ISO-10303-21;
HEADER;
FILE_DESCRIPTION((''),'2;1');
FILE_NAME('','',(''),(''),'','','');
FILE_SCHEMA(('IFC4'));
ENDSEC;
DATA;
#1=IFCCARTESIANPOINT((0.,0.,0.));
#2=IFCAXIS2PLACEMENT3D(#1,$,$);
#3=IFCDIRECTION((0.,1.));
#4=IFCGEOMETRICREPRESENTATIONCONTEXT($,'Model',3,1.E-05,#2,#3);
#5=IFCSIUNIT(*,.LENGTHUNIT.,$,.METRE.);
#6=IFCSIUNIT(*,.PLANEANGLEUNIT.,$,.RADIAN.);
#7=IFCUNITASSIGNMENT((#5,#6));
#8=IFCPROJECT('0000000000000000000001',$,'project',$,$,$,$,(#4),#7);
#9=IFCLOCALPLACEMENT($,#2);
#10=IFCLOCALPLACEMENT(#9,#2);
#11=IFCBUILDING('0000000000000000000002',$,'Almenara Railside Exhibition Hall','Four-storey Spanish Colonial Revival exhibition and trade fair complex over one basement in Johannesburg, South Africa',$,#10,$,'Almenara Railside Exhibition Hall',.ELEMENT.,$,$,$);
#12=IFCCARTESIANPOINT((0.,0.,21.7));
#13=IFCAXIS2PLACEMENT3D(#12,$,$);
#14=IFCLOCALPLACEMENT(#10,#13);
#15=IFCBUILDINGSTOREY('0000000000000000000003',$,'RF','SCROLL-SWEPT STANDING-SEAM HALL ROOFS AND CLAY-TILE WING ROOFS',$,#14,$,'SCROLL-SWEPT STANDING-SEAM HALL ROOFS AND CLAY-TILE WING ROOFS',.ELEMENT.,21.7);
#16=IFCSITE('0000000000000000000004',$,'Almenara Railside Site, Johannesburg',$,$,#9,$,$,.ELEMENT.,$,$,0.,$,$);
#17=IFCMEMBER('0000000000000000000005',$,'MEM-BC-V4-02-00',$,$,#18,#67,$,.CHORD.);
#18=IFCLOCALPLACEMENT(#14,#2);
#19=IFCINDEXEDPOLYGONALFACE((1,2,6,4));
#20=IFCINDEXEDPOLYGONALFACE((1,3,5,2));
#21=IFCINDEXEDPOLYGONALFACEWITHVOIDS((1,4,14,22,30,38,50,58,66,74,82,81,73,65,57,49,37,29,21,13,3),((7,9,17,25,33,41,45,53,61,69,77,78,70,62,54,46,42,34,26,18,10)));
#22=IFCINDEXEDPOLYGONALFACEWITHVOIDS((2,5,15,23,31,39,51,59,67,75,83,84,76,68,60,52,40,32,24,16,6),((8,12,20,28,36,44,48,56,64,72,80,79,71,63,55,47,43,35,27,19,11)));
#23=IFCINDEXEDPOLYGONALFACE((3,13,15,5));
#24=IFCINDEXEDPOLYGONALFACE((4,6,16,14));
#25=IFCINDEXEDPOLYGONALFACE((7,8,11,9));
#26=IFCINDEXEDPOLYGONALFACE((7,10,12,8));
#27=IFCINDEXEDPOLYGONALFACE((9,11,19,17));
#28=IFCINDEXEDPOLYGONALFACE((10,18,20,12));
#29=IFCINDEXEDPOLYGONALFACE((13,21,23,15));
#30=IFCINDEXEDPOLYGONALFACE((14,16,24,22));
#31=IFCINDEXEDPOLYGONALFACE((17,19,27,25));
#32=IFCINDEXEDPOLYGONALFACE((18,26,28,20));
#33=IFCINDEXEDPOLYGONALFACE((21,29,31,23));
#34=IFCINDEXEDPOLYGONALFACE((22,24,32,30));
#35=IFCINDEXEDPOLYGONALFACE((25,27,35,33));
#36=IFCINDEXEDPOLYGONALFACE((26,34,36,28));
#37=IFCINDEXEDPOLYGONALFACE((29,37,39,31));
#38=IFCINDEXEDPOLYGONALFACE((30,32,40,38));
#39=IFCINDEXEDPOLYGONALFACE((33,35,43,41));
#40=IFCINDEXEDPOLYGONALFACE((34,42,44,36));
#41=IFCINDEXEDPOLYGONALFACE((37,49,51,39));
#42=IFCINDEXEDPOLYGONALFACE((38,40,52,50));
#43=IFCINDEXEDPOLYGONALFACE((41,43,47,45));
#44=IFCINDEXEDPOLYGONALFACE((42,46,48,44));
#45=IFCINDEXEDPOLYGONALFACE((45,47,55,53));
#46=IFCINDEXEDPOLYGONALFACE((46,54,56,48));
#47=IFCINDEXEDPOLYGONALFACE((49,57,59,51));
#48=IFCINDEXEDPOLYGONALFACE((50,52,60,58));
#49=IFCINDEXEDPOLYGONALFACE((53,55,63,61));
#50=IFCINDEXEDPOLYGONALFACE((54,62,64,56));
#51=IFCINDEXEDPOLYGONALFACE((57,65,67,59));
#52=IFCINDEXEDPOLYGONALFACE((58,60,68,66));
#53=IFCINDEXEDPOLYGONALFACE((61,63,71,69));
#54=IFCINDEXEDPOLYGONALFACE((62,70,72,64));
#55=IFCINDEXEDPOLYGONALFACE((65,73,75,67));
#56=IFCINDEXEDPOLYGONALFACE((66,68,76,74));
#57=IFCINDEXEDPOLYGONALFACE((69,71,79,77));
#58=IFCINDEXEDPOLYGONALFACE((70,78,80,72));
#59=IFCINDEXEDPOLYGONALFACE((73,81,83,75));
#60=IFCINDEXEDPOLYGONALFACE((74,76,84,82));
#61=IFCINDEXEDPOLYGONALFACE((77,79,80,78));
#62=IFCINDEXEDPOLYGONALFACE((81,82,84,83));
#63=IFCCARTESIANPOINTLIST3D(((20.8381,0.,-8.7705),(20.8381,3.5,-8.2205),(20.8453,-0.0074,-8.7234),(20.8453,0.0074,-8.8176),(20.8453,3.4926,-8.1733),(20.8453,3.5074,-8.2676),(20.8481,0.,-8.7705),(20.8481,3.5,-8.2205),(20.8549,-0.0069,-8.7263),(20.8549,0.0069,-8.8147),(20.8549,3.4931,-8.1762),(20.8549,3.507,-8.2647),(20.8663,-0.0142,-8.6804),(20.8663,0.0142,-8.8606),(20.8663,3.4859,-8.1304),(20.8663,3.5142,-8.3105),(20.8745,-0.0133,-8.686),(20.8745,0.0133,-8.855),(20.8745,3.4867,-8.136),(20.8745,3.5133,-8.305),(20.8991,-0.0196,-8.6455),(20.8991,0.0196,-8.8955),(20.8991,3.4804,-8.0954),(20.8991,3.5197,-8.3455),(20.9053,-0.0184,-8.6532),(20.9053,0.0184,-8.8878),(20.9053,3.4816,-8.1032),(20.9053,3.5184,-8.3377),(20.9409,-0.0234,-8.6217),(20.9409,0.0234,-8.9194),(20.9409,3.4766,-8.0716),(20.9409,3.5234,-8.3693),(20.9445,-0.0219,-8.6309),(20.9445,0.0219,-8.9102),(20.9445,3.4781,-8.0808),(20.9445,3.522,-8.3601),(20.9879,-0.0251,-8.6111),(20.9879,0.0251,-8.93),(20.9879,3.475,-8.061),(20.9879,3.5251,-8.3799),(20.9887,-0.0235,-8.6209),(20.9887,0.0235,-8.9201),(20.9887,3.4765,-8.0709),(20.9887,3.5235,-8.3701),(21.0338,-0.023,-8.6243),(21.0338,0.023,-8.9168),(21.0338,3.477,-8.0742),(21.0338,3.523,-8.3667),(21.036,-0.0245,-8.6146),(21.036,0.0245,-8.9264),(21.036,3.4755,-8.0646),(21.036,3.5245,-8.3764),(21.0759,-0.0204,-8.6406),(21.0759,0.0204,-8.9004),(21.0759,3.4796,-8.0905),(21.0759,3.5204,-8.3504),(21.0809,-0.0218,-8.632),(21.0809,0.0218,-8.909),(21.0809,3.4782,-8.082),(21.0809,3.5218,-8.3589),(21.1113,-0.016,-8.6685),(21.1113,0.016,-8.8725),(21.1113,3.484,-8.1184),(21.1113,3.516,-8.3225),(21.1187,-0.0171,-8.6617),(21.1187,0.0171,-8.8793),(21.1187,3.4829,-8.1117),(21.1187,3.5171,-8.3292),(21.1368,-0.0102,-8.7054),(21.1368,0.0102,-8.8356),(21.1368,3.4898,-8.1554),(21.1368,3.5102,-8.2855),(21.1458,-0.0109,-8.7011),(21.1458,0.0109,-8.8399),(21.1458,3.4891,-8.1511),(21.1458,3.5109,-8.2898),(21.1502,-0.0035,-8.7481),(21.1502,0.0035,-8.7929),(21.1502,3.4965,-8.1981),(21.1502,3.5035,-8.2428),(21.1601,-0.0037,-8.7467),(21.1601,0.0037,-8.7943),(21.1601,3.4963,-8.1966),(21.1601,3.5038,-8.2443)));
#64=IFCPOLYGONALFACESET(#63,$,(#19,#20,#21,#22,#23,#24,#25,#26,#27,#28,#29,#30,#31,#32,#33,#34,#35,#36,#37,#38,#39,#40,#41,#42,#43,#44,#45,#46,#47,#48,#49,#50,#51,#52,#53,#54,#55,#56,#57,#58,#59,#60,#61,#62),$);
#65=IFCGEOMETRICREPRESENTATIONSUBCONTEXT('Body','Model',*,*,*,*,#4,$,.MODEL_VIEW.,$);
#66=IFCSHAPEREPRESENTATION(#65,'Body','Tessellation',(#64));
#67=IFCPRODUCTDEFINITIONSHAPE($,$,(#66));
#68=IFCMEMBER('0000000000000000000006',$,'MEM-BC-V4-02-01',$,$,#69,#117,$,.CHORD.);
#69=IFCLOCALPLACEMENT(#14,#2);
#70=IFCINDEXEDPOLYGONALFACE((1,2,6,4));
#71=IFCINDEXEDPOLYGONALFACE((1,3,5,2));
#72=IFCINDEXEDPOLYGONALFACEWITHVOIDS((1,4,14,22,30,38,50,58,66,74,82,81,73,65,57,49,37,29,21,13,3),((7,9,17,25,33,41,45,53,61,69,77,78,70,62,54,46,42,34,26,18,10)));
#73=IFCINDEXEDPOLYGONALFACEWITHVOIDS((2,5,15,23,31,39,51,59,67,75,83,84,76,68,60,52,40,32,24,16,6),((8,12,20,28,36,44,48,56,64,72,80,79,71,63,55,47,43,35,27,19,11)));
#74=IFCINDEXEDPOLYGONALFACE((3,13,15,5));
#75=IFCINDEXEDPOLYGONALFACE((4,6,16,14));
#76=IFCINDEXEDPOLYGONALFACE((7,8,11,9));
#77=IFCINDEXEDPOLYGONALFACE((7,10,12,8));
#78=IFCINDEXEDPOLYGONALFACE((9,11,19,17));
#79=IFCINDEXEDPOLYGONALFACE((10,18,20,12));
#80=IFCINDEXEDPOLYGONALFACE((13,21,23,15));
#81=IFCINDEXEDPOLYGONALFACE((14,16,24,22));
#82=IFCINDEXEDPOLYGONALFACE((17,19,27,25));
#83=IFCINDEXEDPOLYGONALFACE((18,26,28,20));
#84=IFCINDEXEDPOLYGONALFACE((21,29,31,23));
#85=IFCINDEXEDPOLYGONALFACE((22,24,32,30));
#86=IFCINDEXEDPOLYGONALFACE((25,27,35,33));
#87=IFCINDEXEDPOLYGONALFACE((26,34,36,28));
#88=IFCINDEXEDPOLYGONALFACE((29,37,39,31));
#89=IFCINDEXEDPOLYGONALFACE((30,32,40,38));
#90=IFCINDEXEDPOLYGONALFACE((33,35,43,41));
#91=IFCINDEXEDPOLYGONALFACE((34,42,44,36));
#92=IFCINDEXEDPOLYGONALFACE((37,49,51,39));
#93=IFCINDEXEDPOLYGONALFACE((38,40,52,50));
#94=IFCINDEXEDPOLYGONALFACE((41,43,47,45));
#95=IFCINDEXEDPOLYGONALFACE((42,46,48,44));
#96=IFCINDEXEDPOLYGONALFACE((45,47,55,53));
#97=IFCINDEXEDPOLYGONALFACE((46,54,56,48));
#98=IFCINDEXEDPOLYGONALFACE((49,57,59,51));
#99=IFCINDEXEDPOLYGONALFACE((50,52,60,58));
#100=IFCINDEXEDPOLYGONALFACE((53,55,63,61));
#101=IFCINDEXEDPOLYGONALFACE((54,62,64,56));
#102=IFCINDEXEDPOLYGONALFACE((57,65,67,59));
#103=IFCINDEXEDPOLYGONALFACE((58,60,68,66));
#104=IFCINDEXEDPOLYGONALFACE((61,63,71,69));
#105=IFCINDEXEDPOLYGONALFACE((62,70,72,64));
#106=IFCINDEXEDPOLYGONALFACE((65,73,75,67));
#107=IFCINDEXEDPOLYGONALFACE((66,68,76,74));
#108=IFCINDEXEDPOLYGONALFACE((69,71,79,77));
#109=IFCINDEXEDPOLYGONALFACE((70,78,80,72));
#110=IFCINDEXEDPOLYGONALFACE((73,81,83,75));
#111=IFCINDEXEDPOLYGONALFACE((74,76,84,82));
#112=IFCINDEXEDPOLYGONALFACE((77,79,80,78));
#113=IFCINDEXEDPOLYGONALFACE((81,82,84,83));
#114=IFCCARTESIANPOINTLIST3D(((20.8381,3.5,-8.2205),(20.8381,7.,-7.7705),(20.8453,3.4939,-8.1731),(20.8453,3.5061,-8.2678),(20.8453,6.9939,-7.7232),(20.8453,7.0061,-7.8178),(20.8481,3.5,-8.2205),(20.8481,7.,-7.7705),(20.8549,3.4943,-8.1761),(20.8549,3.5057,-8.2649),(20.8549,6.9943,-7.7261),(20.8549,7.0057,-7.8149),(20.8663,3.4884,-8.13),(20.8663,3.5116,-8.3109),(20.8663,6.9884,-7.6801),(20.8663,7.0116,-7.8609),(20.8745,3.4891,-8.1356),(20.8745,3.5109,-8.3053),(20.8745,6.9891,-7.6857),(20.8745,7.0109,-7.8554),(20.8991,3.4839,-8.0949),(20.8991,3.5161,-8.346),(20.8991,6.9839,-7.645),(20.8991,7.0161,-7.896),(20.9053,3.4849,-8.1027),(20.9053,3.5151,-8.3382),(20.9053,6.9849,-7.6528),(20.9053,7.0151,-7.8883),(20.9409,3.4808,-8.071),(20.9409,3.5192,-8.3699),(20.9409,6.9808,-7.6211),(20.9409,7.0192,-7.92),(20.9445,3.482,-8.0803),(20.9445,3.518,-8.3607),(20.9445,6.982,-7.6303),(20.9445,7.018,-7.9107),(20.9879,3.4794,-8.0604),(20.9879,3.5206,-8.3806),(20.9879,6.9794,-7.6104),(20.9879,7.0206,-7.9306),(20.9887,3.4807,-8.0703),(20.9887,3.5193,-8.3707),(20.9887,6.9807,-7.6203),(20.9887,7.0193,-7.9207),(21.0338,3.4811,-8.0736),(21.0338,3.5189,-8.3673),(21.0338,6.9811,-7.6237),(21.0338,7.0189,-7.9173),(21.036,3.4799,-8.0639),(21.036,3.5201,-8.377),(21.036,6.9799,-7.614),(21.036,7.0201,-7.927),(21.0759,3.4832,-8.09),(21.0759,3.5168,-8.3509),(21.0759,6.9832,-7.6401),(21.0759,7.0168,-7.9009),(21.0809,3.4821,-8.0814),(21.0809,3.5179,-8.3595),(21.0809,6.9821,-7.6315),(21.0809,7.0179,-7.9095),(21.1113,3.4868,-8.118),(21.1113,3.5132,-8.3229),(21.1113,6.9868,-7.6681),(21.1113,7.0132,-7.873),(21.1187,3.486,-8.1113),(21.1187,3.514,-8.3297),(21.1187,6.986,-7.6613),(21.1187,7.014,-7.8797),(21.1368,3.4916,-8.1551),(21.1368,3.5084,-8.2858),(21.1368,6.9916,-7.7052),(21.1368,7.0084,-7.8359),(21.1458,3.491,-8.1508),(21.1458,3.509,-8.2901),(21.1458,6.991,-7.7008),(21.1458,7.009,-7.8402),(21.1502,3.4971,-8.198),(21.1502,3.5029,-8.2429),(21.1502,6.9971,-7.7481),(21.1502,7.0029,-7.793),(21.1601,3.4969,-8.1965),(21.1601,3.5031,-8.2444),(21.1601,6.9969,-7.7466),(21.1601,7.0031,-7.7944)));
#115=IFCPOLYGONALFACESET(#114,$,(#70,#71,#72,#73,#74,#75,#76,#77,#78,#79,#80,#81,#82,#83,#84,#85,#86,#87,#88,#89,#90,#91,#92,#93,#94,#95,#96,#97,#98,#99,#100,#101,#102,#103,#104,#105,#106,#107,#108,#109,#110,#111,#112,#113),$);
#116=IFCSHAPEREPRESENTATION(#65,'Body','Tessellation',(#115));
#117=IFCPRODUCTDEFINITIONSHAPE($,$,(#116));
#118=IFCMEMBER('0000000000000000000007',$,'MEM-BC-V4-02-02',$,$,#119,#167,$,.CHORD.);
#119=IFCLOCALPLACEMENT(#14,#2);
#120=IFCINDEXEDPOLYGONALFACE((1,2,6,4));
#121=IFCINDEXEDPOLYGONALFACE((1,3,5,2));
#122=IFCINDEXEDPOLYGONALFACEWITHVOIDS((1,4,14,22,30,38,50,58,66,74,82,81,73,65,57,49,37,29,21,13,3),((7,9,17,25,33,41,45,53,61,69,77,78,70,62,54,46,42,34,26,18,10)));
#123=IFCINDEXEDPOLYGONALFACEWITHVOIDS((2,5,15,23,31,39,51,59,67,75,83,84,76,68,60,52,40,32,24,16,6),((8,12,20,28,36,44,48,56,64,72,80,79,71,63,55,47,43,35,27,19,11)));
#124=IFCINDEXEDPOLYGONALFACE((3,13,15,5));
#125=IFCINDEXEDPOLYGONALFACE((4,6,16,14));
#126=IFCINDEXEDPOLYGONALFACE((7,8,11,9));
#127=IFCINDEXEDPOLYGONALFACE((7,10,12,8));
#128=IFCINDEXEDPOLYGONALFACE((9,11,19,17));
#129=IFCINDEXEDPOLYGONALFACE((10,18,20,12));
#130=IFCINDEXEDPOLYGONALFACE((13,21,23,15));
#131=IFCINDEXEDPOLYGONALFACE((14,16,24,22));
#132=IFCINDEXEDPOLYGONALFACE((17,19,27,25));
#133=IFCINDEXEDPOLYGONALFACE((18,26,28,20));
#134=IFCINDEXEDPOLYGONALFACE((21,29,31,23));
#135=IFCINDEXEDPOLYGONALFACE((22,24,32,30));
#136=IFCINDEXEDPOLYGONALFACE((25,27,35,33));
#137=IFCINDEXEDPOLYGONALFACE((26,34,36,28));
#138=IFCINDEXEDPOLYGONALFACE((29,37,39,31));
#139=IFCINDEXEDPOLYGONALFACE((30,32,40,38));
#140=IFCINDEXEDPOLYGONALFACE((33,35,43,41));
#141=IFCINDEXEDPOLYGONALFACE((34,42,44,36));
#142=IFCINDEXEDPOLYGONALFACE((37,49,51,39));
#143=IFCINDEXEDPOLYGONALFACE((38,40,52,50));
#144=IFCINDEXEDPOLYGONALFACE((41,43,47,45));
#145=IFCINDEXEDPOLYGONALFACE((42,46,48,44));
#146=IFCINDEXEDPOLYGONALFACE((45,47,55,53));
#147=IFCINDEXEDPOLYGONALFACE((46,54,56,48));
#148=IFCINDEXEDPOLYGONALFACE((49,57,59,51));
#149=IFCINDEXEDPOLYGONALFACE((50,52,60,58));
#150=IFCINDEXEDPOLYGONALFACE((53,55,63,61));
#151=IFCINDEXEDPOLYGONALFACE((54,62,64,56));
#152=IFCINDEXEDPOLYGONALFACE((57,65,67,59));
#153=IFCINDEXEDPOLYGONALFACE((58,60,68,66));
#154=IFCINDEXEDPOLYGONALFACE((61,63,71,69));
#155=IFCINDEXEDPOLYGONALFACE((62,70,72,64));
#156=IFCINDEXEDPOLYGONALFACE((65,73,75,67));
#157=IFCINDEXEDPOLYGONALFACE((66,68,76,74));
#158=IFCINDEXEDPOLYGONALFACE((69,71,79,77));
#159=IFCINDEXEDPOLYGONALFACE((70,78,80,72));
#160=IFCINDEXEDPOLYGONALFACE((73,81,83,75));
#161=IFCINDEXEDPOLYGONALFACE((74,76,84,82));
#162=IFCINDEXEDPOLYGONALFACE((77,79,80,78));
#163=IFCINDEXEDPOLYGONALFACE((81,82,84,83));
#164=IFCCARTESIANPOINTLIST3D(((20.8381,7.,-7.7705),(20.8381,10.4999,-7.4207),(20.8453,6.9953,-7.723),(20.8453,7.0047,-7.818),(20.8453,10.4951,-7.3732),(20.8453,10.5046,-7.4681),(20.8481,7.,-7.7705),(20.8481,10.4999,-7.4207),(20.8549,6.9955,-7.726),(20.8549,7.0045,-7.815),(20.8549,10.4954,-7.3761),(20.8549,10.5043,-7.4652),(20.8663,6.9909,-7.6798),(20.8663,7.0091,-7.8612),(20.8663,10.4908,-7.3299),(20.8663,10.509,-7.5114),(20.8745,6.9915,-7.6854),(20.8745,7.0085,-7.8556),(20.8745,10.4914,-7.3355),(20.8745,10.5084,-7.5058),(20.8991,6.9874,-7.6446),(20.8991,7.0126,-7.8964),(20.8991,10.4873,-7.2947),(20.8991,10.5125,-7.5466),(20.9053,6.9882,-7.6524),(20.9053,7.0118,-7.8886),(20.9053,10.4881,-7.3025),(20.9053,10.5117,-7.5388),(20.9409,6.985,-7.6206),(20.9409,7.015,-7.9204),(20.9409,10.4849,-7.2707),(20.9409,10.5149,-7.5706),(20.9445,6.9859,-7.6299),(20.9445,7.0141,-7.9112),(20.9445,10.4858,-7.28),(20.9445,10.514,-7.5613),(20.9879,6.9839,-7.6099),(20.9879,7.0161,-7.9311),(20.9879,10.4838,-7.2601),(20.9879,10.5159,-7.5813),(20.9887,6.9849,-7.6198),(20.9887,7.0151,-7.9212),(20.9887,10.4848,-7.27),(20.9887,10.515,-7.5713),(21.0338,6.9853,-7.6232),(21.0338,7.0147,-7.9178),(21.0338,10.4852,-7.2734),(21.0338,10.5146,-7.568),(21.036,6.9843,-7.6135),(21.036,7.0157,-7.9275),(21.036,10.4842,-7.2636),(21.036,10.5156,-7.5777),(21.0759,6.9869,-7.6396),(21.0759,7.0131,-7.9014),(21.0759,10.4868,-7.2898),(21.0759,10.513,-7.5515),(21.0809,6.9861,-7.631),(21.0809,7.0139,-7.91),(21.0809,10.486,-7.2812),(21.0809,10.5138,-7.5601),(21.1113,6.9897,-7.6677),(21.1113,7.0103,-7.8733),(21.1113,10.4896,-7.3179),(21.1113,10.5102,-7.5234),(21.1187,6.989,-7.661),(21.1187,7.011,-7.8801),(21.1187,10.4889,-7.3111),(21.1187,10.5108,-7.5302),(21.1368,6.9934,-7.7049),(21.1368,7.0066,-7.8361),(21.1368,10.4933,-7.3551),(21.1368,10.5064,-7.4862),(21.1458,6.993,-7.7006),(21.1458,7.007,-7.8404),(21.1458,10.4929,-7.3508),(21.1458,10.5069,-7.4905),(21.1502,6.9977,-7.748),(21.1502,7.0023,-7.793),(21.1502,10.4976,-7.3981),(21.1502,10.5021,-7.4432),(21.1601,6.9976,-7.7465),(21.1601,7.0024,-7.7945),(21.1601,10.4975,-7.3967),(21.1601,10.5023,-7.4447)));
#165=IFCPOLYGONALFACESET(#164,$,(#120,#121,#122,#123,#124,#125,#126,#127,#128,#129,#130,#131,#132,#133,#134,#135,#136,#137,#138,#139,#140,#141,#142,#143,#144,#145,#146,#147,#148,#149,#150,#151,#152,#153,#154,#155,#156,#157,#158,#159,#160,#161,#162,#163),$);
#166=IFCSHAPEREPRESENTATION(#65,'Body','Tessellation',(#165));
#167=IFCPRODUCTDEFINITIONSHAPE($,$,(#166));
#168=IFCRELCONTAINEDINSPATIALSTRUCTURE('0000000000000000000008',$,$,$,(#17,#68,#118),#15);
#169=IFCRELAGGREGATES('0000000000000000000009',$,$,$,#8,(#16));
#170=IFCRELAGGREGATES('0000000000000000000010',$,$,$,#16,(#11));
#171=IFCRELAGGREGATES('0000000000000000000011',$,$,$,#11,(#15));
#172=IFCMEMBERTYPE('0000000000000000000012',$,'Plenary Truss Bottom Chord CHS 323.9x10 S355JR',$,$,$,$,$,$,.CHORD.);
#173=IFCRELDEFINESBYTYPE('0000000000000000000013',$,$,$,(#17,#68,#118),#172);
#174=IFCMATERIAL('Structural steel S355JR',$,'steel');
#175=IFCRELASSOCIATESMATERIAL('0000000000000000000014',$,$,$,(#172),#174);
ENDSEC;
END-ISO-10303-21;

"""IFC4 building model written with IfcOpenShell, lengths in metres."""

from ifc_helpers import new_model, si_unit, direction, frame, origin, origin_2d, place, context, subcontext, project, spatial, hollow_circle, extrude, material, material_profile, profile_set, type_object, element, save


model = new_model("IFC4")

# Units and contexts
model_context = context("Model", 3, precision=1e-05, world=origin(), true_north=direction((0.0, 1.0)))
body_context = subcontext(model_context, "Body", "Model", "MODEL_VIEW")
ifc_project = project(units=[si_unit("LENGTHUNIT", "METRE"), si_unit("PLANEANGLEUNIT", "RADIAN")], contexts=[model_context])

# Site, building, storey
site_placement = place(None, origin())
site = spatial("IfcSite", under=ifc_project, at=site_placement, Name="Almenara Railside Site, Johannesburg", CompositionType="ELEMENT", RefElevation=0.0)
building_placement = place(site_placement, origin())
building = spatial("IfcBuilding", under=site, at=building_placement, Name="Almenara Railside Exhibition Hall", Description="Four-storey Spanish Colonial Revival exhibition and trade fair complex over one basement in Johannesburg, South Africa", LongName="Almenara Railside Exhibition Hall", CompositionType="ELEMENT")
storey_placement = place(building_placement, frame((0.0, 0.0, 21.7)))
storey = spatial("IfcBuildingStorey", under=building, at=storey_placement, Name="RF", Description="SCROLL-SWEPT STANDING-SEAM HALL ROOFS AND CLAY-TILE WING ROOFS", LongName="SCROLL-SWEPT STANDING-SEAM HALL ROOFS AND CLAY-TILE WING ROOFS", CompositionType="ELEMENT", Elevation=21.7)

# Members
ifc_material_1 = material(Name="Structural steel S355JR", Category="steel")
ifc_material_profile_1 = material_profile(ifc_material_1, hollow_circle(Radius=0.1619, WallThickness=0.01, at=origin_2d()), Name="CHS 323.9x10")
ifc_profile_set_1 = profile_set([ifc_material_profile_1], Name="Structural steel S355JR")
member_type_1 = type_object("IfcMemberType", Name="Plenary Truss Bottom Chord CHS 323.9x10 S355JR", PredefinedType="CHORD", material=ifc_profile_set_1)
member_1_placement = place(storey_placement, frame((21.0, 0.0, -8.7705), z_axis=(0.0, 0.987875, 0.155251), x_axis=(-1.0, 0.0, 0.0)))
element("IfcMember", 1, at=member_1_placement, inside=storey, type_object=member_type_1, Name="MEM-BC-V4-02-00", PredefinedType="CHORD", context=body_context, shape_type="SweptSolid", body=[
    extrude(hollow_circle(Radius=0.1619, WallThickness=0.01, at=origin_2d()), origin(), (0.0, 0.0, 1.0), 3.543),
])
member_2_placement = place(storey_placement, frame((21.0, 3.5, -8.2205), z_axis=(0.0, 0.991838, 0.127508), x_axis=(-1.0, 0.0, 0.0)))
element("IfcMember", 2, at=member_2_placement, inside=storey, type_object=member_type_1, Name="MEM-BC-V4-02-01", PredefinedType="CHORD", context=body_context, shape_type="SweptSolid", body=[
    extrude(hollow_circle(Radius=0.1619, WallThickness=0.01, at=origin_2d()), origin(), (0.0, 0.0, 1.0), 3.5288),
])
member_3_placement = place(storey_placement, frame((21.0, 7.0, -7.7705), z_axis=(0.0, 0.995041, 0.099462), x_axis=(-1.0, 0.0, 0.0)))
element("IfcMember", 3, at=member_3_placement, inside=storey, type_object=member_type_1, Name="MEM-BC-V4-02-02", PredefinedType="CHORD", context=body_context, shape_type="SweptSolid", body=[
    extrude(hollow_circle(Radius=0.1619, WallThickness=0.01, at=origin_2d()), origin(), (0.0, 0.0, 1.0), 3.5173),
])

save(model, "model.ifc")
